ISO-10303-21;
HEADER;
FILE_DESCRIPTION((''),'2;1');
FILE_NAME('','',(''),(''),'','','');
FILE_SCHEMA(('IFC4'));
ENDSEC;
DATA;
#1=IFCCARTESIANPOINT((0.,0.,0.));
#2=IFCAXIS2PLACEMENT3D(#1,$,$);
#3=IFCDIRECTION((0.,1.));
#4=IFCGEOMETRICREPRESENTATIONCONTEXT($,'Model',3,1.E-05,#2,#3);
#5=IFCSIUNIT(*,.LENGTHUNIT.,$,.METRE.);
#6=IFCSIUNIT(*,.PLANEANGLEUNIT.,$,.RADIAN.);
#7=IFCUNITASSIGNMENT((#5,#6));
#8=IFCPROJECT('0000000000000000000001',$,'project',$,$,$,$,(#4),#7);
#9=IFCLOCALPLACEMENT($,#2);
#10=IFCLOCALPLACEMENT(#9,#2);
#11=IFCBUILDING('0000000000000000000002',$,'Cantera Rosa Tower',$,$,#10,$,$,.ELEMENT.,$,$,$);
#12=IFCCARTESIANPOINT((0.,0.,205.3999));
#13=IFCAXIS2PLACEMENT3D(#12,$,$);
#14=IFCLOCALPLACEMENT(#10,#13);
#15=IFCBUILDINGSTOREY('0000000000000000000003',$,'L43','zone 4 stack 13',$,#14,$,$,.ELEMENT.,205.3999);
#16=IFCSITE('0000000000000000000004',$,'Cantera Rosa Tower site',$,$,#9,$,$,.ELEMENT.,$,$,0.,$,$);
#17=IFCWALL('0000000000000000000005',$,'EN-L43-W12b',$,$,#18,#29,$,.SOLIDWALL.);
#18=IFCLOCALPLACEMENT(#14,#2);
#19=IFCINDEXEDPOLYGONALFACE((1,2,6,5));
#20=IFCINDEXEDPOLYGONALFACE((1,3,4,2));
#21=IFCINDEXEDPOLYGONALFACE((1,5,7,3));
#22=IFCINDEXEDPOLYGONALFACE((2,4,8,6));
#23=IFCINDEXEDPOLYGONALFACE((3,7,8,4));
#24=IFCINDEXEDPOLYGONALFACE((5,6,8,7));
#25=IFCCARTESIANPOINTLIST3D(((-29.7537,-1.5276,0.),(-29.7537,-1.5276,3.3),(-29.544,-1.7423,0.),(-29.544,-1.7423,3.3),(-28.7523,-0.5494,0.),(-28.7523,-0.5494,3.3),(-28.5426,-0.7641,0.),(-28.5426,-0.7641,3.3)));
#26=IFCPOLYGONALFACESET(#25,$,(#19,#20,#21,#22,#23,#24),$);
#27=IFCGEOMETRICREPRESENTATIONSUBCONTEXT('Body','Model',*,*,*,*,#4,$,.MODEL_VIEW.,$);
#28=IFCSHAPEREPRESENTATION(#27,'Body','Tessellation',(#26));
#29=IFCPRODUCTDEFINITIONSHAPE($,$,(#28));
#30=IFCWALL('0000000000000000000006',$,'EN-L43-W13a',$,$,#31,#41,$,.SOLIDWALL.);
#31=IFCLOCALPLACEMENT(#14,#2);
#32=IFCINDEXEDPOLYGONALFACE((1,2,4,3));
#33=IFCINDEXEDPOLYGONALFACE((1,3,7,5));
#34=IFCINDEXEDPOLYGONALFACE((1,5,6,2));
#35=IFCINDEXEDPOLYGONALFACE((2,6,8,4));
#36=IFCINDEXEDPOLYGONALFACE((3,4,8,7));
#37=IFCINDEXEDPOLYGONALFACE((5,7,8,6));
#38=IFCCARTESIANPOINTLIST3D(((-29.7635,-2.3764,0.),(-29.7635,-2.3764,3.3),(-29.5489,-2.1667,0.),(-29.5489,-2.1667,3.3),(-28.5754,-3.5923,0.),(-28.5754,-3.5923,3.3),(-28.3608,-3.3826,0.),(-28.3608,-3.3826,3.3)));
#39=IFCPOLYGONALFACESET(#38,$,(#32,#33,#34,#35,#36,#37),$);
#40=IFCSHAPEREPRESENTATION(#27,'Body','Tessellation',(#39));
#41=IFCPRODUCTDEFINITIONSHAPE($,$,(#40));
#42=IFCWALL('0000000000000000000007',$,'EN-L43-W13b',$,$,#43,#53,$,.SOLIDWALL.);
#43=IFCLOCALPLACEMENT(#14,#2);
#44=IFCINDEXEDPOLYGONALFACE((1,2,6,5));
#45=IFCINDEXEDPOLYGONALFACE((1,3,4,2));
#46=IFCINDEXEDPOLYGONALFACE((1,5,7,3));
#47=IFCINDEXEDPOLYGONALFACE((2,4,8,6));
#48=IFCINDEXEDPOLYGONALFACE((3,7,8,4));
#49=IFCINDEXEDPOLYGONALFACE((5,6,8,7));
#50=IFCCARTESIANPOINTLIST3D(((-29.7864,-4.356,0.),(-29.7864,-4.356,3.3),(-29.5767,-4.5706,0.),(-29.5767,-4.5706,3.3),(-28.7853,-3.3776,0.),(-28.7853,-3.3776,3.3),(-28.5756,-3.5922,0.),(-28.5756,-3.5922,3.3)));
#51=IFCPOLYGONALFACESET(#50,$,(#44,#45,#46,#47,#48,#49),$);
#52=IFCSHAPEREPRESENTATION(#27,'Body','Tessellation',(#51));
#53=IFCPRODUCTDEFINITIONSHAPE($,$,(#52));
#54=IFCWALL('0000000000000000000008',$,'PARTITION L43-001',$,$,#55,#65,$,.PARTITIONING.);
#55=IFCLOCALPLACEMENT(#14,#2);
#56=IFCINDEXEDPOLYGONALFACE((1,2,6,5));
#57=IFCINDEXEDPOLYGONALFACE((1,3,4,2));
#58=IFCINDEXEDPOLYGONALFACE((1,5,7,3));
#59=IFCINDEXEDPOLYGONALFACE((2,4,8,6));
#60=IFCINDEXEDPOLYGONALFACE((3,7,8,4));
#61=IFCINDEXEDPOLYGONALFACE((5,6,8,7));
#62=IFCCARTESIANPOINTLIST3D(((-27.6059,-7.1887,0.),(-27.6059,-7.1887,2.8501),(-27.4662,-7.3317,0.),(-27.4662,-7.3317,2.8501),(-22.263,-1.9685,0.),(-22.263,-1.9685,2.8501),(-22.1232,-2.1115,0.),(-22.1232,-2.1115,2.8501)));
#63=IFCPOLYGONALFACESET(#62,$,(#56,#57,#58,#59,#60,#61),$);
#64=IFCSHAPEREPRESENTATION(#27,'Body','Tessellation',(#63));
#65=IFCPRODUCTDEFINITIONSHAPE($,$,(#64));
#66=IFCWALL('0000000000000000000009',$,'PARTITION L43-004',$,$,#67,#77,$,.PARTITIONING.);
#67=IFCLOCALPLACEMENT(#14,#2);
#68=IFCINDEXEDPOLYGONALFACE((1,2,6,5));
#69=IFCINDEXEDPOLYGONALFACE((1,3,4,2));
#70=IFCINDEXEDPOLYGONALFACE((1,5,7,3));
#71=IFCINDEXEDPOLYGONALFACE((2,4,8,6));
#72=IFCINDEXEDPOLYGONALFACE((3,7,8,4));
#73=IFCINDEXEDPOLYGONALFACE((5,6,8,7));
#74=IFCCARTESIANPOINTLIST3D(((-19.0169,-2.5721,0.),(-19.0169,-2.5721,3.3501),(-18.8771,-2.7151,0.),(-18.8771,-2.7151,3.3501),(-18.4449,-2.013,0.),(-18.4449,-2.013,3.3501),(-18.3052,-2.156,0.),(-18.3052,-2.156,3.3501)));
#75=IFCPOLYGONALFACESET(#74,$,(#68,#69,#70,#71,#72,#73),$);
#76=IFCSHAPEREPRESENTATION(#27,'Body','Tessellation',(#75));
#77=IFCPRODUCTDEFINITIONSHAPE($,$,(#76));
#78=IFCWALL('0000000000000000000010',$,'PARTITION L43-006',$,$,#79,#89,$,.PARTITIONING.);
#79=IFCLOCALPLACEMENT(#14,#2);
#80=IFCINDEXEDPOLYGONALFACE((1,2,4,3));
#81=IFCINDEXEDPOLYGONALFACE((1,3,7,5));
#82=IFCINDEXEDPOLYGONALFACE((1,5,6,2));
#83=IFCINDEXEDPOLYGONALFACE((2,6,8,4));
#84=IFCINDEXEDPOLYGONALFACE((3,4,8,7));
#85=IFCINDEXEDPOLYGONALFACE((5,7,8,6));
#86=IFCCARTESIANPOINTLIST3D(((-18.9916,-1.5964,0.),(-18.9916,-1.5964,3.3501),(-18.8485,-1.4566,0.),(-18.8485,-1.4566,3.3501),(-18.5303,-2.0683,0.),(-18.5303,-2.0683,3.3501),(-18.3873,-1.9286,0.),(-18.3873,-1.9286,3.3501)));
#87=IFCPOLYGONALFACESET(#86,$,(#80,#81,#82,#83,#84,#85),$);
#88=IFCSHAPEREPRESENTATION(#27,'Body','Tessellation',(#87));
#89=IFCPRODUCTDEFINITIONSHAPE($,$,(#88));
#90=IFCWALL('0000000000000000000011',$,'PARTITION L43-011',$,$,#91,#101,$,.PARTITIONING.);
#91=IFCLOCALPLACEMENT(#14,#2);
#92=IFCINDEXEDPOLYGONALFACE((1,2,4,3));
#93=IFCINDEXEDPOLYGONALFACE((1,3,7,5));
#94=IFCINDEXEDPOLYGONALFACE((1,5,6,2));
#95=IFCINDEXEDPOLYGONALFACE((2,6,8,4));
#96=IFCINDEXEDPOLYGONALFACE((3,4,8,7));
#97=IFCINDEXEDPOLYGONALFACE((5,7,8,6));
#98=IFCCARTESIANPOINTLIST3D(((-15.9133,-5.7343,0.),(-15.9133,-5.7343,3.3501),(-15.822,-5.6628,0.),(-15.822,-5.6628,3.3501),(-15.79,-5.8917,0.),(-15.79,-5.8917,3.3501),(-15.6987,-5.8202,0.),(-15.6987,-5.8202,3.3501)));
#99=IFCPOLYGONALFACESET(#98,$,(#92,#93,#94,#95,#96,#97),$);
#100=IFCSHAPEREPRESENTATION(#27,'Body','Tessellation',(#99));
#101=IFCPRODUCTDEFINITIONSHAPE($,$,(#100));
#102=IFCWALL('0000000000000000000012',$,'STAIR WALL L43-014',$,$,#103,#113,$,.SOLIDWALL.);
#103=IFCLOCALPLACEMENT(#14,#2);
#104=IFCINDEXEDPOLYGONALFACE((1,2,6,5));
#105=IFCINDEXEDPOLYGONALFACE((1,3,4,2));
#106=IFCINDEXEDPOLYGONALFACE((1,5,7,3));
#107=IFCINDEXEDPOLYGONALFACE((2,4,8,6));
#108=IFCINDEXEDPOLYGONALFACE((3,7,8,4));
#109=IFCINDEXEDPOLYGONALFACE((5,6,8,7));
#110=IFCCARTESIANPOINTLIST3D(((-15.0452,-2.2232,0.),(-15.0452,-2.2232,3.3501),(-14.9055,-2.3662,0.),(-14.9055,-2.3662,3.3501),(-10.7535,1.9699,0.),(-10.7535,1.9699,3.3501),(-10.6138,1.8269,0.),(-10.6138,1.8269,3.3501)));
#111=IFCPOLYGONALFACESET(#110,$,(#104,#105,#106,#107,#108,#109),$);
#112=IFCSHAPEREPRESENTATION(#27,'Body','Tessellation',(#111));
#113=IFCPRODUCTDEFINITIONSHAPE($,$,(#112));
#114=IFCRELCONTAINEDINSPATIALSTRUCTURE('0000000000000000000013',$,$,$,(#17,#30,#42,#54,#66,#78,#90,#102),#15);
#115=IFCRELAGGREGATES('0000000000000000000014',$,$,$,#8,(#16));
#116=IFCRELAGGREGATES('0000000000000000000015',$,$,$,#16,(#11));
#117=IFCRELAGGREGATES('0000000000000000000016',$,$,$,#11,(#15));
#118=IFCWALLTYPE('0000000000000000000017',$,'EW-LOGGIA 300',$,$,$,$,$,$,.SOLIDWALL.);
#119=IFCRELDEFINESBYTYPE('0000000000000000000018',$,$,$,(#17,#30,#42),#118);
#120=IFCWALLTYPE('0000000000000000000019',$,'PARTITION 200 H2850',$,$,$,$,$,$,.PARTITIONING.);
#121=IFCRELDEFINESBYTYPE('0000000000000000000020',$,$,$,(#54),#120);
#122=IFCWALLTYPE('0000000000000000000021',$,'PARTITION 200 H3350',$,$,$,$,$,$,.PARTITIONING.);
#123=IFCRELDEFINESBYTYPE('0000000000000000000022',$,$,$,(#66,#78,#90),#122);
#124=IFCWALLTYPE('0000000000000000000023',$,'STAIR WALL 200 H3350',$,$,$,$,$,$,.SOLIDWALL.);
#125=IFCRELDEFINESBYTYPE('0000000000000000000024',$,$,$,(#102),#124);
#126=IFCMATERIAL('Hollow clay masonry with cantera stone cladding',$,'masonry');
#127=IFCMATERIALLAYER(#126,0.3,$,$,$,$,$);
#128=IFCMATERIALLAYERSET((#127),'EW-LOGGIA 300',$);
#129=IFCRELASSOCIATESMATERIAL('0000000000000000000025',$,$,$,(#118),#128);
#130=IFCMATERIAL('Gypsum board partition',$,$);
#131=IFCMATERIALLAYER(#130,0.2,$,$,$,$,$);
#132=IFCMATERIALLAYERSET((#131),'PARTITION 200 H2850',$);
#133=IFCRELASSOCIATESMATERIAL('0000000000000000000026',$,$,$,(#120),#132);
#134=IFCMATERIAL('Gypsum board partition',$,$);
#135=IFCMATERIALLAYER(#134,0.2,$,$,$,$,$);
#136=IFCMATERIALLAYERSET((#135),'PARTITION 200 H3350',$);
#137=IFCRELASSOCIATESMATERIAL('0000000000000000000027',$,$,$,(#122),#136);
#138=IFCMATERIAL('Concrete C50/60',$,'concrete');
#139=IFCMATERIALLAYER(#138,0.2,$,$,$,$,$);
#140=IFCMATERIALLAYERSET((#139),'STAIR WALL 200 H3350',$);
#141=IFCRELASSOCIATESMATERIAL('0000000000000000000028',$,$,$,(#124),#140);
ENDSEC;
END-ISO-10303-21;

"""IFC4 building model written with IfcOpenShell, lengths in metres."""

from ifc_helpers import new_model, si_unit, direction, frame, frame_2d, origin, place, context, subcontext, project, spatial, rectangle, extrude, material, layer, layer_set, type_object, element, save


model = new_model("IFC4")

# Units and contexts
model_context = context("Model", 3, precision=1e-05, world=origin(), true_north=direction((0.0, 1.0)))
body_context = subcontext(model_context, "Body", "Model", "MODEL_VIEW")
ifc_project = project(units=[si_unit("LENGTHUNIT", "METRE"), si_unit("PLANEANGLEUNIT", "RADIAN")], contexts=[model_context])

# Site, building, storey
site_placement = place(None, origin())
site = spatial("IfcSite", under=ifc_project, at=site_placement, Name="Cantera Rosa Tower site", CompositionType="ELEMENT", RefElevation=0.0)
building_placement = place(site_placement, origin())
building = spatial("IfcBuilding", under=site, at=building_placement, Name="Cantera Rosa Tower", CompositionType="ELEMENT")
storey_placement = place(building_placement, frame((0.0, 0.0, 205.3999)))
storey = spatial("IfcBuildingStorey", under=building, at=storey_placement, Name="L43", Description="zone 4 stack 13", CompositionType="ELEMENT", Elevation=205.3999)

# Walls
ifc_material_1 = material(Name="Hollow clay masonry with cantera stone cladding", Category="masonry")
ifc_layer_1 = layer(ifc_material_1, 0.3)
ifc_layer_set_1 = layer_set([ifc_layer_1], Name="EW-LOGGIA 300")
wall_type_1 = type_object("IfcWallType", Name="EW-LOGGIA 300", PredefinedType="SOLIDWALL", material=ifc_layer_set_1)
wall_1_placement = place(storey_placement, frame((-28.6475, -0.6567, 0.0), z_axis=(0.0, 0.0, 1.0), x_axis=(-0.715342, -0.698775, 0.0)))
element("IfcWall", 1, at=wall_1_placement, inside=storey, type_object=wall_type_1, Name="EN-L43-W12b", PredefinedType="SOLIDWALL", context=body_context, shape_type="SweptSolid", body=[
    extrude(rectangle(XDim=1.3999, YDim=0.3, at=frame_2d((0.7, 0.0))), origin(), (0.0, 0.0, 1.0), 3.3),
])
wall_2_placement = place(storey_placement, frame((-29.6562, -2.2715, 0.0), z_axis=(0.0, 0.0, 1.0), x_axis=(0.698873, -0.715246, 0.0)))
element("IfcWall", 2, at=wall_2_placement, inside=storey, type_object=wall_type_1, Name="EN-L43-W13a", PredefinedType="SOLIDWALL", context=body_context, shape_type="SweptSolid", body=[
    extrude(rectangle(XDim=1.7, YDim=0.3, at=frame_2d((0.8501, 0.0))), origin(), (0.0, 0.0, 1.0), 3.3),
])
wall_3_placement = place(storey_placement, frame((-28.6804, -3.4849, 0.0), z_axis=(0.0, 0.0, 1.0), x_axis=(-0.715169, -0.698951, 0.0)))
element("IfcWall", 3, at=wall_3_placement, inside=storey, type_object=wall_type_1, Name="EN-L43-W13b", PredefinedType="SOLIDWALL", context=body_context, shape_type="SweptSolid", body=[
    extrude(rectangle(XDim=1.3999, YDim=0.3, at=frame_2d((0.7, 0.0))), origin(), (0.0, 0.0, 1.0), 3.3),
])

# Walls
ifc_material_2 = material(Name="Gypsum board partition")
ifc_layer_2 = layer(ifc_material_2, 0.2)
ifc_layer_set_2 = layer_set([ifc_layer_2], Name="PARTITION 200 H2850")
wall_type_2 = type_object("IfcWallType", Name="PARTITION 200 H2850", PredefinedType="PARTITIONING", material=ifc_layer_set_2)
wall_4_placement = place(storey_placement, frame((-22.1931, -2.04, 0.0), z_axis=(0.0, 0.0, 1.0), x_axis=(-0.715279, -0.698839, 0.0)))
element("IfcWall", 4, at=wall_4_placement, inside=storey, type_object=wall_type_2, Name="PARTITION L43-001", PredefinedType="PARTITIONING", context=body_context, shape_type="SweptSolid", body=[
    extrude(rectangle(XDim=7.4697, YDim=0.2, at=frame_2d((3.7349, 0.0))), origin(), (0.0, 0.0, 1.0), 2.8501),
])
ifc_material_3 = material(Name="Gypsum board partition")
ifc_layer_3 = layer(ifc_material_3, 0.2)
ifc_layer_set_3 = layer_set([ifc_layer_3], Name="PARTITION 200 H3350")
wall_type_3 = type_object("IfcWallType", Name="PARTITION 200 H3350", PredefinedType="PARTITIONING", material=ifc_layer_set_3)
wall_5_placement = place(storey_placement, frame((-18.947, -2.6436, 0.0), z_axis=(0.0, 0.0, 1.0), x_axis=(0.715149, 0.698972, 0.0)))
element("IfcWall", 5, at=wall_5_placement, inside=storey, type_object=wall_type_3, Name="PARTITION L43-004", PredefinedType="PARTITIONING", context=body_context, shape_type="SweptSolid", body=[
    extrude(rectangle(XDim=0.7998, YDim=0.2, at=frame_2d((0.3999, 0.0))), origin(), (0.0, 0.0, 1.0), 3.3501),
])
wall_6_placement = place(storey_placement, frame((-18.4587, -1.9985, 0.0), z_axis=(0.0, 0.0, 1.0), x_axis=(-0.69892, 0.7152, 0.0)))
element("IfcWall", 6, at=wall_6_placement, inside=storey, type_object=wall_type_3, Name="PARTITION L43-006", PredefinedType="PARTITIONING", context=body_context, shape_type="SweptSolid", body=[
    extrude(rectangle(XDim=0.6599, YDim=0.2, at=frame_2d((0.3301, 0.0))), origin(), (0.0, 0.0, 1.0), 3.3501),
])
wall_7_placement = place(storey_placement, frame((-15.7603, -5.7415, 0.0), z_axis=(0.0, 0.0, 1.0), x_axis=(-0.787194, -0.616705, 0.0)))
element("IfcWall", 7, at=wall_7_placement, inside=storey, type_object=wall_type_3, Name="PARTITION L43-011", PredefinedType="PARTITIONING", context=body_context, shape_type="SweptSolid", body=[
    extrude(rectangle(XDim=0.116, YDim=0.2, at=frame_2d((0.0581, 0.0))), origin(), (0.0, 0.0, 1.0), 3.3501),
])
ifc_material_4 = material(Name="Concrete C50/60", Category="concrete")
ifc_layer_4 = layer(ifc_material_4, 0.2)
ifc_layer_set_4 = layer_set([ifc_layer_4], Name="STAIR WALL 200 H3350")
wall_type_4 = type_object("IfcWallType", Name="STAIR WALL 200 H3350", PredefinedType="SOLIDWALL", material=ifc_layer_set_4)
wall_8_placement = place(storey_placement, frame((-14.9753, -2.2947, 0.0), z_axis=(0.0, 0.0, 1.0), x_axis=(0.715278, 0.69884, 0.0)))
element("IfcWall", 8, at=wall_8_placement, inside=storey, type_object=wall_type_4, Name="STAIR WALL L43-014", PredefinedType="SOLIDWALL", context=body_context, shape_type="SweptSolid", body=[
    extrude(rectangle(XDim=6.0, YDim=0.2, at=frame_2d((3.0, 0.0))), origin(), (0.0, 0.0, 1.0), 3.3501),
])

save(model, "model.ifc")
